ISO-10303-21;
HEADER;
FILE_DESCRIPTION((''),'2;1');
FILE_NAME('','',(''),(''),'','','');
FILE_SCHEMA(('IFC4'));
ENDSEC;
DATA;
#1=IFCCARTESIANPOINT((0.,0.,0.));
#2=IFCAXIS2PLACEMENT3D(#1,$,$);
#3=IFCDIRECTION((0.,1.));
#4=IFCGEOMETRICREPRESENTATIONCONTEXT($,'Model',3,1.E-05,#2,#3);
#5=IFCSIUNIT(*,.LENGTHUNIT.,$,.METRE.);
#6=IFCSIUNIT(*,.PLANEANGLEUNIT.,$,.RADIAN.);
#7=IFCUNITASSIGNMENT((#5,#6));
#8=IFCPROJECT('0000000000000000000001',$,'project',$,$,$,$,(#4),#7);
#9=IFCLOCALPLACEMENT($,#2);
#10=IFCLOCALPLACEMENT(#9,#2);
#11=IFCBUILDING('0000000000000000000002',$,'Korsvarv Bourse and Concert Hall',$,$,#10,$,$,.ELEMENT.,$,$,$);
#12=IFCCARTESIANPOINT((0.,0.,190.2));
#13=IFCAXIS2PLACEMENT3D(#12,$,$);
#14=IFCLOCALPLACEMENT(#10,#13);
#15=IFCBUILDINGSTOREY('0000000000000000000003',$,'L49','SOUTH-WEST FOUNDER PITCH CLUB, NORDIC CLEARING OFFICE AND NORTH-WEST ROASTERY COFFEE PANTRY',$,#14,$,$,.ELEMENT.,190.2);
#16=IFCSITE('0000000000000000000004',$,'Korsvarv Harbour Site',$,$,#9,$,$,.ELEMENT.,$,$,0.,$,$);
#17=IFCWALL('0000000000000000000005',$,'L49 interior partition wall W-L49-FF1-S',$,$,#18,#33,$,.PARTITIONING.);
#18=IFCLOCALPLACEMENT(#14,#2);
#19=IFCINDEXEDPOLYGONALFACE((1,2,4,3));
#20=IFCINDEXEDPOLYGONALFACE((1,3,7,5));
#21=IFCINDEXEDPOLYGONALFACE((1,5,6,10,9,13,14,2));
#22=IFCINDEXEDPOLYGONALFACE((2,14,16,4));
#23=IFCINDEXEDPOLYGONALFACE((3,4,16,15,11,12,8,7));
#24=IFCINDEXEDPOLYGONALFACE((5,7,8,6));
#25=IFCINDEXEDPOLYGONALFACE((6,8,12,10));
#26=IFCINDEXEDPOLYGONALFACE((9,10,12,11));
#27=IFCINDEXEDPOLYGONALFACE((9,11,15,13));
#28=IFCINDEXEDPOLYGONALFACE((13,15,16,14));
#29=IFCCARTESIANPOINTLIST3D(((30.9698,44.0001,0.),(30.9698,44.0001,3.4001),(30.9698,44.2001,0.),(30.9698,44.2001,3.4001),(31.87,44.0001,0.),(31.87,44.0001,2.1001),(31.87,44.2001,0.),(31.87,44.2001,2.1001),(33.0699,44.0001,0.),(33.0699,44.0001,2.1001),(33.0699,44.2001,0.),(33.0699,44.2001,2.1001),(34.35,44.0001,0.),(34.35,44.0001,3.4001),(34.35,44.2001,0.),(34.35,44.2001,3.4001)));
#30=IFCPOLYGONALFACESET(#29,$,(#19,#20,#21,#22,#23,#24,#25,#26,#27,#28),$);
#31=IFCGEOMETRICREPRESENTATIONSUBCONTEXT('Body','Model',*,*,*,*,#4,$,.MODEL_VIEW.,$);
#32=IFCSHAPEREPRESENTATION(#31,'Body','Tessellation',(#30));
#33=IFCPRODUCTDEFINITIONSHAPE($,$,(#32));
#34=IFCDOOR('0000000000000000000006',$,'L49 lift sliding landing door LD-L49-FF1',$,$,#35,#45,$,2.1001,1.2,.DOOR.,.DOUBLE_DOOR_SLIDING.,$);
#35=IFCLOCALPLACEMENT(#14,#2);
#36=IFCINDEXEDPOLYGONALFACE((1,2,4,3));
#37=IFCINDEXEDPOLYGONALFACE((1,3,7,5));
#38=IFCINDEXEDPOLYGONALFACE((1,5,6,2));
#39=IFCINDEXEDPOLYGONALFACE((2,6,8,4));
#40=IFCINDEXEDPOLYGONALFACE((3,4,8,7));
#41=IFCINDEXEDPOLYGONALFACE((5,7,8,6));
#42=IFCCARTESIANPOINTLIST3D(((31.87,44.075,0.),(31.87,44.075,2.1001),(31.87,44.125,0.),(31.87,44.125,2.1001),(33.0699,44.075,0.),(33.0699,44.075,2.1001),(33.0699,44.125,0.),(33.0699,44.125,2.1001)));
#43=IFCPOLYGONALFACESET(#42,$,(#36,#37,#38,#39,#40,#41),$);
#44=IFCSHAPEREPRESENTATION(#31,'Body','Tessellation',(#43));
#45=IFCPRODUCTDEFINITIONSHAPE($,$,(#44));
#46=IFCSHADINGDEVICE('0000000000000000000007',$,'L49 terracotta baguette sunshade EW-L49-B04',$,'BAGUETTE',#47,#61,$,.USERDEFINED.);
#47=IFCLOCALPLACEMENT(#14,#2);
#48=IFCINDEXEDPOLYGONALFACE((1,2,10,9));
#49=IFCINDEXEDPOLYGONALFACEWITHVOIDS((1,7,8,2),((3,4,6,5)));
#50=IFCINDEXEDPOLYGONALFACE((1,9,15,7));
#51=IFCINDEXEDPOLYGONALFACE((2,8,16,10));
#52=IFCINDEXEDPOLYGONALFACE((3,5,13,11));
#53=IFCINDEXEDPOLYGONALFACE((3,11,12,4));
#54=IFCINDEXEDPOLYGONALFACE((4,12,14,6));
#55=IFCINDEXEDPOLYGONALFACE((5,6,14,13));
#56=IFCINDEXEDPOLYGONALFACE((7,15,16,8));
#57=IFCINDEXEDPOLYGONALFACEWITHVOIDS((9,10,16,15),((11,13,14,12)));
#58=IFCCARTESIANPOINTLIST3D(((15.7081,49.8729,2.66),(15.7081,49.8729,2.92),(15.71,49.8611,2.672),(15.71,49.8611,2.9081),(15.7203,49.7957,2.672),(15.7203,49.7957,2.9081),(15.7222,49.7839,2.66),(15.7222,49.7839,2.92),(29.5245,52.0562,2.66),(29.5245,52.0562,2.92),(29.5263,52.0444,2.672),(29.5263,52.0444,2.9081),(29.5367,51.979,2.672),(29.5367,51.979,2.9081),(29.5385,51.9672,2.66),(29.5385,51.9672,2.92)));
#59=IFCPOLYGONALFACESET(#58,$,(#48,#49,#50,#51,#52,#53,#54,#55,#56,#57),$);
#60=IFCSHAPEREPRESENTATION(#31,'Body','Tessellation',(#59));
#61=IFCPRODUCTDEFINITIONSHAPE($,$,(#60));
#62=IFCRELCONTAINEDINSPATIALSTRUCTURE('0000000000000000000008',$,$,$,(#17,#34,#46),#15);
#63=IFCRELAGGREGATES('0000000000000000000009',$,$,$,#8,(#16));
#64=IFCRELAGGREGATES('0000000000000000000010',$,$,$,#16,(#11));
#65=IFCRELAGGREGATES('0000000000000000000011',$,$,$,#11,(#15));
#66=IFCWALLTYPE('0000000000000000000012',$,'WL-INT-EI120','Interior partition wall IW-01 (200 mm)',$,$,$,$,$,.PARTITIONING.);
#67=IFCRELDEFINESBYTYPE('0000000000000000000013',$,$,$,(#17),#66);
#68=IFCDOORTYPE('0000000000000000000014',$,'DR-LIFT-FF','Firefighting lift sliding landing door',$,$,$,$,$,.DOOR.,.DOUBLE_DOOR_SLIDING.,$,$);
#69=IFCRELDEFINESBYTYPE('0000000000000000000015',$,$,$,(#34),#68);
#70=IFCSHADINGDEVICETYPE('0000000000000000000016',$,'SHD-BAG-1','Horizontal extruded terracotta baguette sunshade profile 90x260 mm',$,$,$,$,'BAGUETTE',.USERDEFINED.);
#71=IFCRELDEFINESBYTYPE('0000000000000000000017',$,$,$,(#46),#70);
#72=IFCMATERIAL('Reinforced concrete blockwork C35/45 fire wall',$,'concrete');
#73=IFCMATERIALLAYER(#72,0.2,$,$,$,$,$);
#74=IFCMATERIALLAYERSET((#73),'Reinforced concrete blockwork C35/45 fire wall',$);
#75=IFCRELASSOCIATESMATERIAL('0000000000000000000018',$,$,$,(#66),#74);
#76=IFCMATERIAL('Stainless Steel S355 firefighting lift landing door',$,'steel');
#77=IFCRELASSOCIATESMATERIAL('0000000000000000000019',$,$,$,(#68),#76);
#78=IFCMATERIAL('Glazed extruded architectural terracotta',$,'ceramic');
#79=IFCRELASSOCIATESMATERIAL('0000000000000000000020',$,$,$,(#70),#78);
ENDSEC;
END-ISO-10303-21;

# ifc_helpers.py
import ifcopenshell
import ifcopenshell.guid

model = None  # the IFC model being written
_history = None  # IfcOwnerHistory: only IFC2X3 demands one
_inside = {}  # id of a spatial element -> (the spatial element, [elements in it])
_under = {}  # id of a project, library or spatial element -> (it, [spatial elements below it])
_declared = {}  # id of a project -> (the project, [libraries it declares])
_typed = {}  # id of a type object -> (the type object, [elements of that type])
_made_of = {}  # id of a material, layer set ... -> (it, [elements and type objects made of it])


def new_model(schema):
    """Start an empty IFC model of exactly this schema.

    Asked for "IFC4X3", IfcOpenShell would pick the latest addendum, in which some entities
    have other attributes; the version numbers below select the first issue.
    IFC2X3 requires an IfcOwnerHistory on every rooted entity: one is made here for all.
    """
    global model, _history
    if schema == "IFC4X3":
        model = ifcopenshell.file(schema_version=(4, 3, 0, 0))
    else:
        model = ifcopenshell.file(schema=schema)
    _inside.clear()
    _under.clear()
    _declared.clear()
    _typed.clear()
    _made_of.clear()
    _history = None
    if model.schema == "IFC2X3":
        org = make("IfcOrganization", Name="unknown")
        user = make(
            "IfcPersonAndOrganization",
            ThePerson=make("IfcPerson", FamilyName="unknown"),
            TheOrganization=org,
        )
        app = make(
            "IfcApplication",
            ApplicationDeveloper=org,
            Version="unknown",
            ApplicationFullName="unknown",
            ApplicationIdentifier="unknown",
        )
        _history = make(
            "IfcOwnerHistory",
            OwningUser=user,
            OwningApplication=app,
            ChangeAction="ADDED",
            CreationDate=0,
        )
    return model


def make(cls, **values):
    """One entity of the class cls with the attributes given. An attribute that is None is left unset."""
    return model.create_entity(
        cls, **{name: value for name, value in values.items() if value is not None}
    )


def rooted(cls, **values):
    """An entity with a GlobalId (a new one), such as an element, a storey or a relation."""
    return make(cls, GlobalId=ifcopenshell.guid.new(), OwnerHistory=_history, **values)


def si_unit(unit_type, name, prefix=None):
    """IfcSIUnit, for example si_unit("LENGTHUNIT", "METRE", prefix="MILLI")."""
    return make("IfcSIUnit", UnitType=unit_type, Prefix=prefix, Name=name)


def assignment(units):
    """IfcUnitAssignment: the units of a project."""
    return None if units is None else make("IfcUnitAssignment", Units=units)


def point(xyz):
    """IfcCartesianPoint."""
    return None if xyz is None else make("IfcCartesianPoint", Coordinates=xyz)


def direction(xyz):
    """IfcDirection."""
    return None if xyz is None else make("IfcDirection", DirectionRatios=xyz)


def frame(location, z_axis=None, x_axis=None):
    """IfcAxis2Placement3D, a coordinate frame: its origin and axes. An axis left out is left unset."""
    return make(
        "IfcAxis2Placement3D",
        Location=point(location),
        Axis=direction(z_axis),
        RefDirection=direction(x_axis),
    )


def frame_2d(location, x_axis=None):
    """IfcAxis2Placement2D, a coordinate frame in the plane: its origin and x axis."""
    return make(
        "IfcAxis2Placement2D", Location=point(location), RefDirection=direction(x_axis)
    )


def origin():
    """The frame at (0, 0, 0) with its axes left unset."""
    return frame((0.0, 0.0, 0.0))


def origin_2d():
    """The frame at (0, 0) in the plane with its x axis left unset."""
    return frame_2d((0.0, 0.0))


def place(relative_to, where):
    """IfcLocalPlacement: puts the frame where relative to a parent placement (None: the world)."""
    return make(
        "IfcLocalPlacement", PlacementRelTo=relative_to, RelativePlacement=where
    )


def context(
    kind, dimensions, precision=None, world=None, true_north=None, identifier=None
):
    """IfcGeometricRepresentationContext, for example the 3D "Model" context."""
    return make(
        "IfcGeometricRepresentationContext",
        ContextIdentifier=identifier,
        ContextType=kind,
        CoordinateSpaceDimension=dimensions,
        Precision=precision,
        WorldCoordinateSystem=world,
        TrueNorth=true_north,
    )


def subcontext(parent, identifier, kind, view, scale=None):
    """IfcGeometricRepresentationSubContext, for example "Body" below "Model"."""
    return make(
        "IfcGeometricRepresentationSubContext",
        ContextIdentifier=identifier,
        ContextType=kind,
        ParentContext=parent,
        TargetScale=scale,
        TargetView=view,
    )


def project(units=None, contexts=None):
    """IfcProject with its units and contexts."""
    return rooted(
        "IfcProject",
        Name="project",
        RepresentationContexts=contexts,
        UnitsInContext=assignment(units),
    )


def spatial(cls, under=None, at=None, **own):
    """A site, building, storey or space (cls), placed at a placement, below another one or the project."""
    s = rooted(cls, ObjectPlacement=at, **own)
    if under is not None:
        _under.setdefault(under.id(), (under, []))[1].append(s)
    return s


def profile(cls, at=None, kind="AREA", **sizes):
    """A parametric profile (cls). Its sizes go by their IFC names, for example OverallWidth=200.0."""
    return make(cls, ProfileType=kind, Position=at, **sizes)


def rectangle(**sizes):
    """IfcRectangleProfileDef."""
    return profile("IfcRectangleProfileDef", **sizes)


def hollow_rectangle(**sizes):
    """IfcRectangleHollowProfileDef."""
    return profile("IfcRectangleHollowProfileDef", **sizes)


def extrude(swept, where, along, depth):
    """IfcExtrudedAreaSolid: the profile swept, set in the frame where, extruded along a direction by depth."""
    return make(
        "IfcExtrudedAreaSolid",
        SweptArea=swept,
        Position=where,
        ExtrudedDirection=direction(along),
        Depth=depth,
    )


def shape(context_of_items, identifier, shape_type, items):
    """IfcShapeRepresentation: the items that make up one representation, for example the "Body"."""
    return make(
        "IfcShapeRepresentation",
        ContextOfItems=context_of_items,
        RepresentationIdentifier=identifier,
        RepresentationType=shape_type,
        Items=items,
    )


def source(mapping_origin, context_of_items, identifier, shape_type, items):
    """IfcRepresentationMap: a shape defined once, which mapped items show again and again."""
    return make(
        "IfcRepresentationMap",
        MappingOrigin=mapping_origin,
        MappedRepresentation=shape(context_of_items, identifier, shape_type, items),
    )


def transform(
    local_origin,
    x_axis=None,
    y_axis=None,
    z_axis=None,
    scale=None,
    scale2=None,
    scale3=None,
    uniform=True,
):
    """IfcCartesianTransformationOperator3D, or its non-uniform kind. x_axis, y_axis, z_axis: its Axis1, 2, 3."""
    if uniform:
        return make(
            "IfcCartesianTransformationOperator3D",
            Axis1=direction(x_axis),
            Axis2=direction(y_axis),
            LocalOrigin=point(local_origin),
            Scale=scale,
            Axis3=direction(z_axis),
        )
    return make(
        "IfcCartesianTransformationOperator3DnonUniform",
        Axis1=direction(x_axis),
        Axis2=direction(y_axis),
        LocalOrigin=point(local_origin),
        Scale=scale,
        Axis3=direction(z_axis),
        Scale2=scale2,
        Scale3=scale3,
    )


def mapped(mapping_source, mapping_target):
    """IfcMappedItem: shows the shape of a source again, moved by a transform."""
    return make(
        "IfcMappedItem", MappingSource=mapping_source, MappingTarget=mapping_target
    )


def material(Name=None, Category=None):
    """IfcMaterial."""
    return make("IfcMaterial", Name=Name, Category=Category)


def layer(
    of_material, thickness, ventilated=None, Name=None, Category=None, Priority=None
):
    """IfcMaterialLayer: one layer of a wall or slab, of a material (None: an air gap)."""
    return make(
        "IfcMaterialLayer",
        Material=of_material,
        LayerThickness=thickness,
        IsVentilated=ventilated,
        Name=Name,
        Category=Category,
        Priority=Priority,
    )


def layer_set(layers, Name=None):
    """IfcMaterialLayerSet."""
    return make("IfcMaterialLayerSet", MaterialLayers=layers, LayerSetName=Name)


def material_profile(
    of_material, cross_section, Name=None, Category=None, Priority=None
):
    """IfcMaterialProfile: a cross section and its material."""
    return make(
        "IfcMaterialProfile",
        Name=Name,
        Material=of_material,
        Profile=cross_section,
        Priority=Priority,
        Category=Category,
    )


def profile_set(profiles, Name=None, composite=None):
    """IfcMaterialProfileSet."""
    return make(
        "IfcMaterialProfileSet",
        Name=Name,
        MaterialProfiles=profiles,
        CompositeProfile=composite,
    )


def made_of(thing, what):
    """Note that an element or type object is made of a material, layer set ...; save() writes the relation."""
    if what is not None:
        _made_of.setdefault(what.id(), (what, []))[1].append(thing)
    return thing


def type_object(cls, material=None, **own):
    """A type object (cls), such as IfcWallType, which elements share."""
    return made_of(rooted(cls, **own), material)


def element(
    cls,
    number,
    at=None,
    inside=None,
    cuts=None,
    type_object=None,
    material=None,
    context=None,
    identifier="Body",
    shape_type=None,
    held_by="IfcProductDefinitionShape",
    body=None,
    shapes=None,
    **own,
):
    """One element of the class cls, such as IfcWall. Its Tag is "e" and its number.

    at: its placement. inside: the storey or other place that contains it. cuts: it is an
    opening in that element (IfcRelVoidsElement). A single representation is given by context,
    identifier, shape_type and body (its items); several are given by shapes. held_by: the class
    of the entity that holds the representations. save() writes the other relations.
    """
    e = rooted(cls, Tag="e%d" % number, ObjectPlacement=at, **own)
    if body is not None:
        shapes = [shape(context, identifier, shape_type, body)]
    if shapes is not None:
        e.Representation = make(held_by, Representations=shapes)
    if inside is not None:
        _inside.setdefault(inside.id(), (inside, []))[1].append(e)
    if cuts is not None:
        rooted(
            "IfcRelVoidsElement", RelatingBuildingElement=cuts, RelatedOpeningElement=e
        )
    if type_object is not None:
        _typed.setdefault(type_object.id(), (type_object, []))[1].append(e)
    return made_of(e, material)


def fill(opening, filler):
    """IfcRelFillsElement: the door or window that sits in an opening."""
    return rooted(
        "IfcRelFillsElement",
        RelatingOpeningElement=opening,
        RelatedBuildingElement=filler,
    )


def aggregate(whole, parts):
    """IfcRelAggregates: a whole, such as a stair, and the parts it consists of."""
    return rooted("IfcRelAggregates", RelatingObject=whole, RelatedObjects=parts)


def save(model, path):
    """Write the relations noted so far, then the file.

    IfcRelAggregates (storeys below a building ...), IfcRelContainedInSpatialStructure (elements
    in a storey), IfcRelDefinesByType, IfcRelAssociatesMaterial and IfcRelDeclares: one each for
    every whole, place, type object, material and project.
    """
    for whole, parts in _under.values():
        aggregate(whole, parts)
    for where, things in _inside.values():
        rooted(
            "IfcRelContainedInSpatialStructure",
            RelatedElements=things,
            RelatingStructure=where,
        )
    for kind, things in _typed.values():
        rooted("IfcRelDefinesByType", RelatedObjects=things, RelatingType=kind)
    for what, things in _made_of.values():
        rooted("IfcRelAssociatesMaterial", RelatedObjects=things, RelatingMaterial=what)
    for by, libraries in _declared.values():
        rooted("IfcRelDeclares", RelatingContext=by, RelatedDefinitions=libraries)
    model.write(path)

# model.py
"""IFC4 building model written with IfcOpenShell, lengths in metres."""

from ifc_helpers import new_model, si_unit, direction, frame, frame_2d, origin, origin_2d, place, context, subcontext, project, spatial, rectangle, hollow_rectangle, extrude, source, transform, mapped, material, layer, layer_set, material_profile, profile_set, type_object, element, fill, save


model = new_model("IFC4")

# Units and contexts
model_context = context("Model", 3, precision=1e-05, world=origin(), true_north=direction((0.0, 1.0)))
body_context = subcontext(model_context, "Body", "Model", "MODEL_VIEW")
ifc_project = project(units=[si_unit("LENGTHUNIT", "METRE"), si_unit("PLANEANGLEUNIT", "RADIAN")], contexts=[model_context])

# Site, building, storey
site_placement = place(None, origin())
site = spatial("IfcSite", under=ifc_project, at=site_placement, Name="Korsvarv Harbour Site", CompositionType="ELEMENT", RefElevation=0.0)
building_placement = place(site_placement, origin())
building = spatial("IfcBuilding", under=site, at=building_placement, Name="Korsvarv Bourse and Concert Hall", CompositionType="ELEMENT")
storey_placement = place(building_placement, frame((0.0, 0.0, 190.2)))
storey = spatial("IfcBuildingStorey", under=building, at=storey_placement, Name="L49", Description="SOUTH-WEST FOUNDER PITCH CLUB, NORDIC CLEARING OFFICE AND NORTH-WEST ROASTERY COFFEE PANTRY", CompositionType="ELEMENT", Elevation=190.2)

# Wall, opening, door
ifc_material_1 = material(Name="Reinforced concrete blockwork C35/45 fire wall", Category="concrete")
ifc_layer_1 = layer(ifc_material_1, 0.2)
ifc_layer_set_1 = layer_set([ifc_layer_1], Name="Reinforced concrete blockwork C35/45 fire wall")
wall_type_1 = type_object("IfcWallType", Name="WL-INT-EI120", Description="Interior partition wall IW-01 (200 mm)", PredefinedType="PARTITIONING", material=ifc_layer_set_1)
wall_1_placement = place(storey_placement, frame((30.97, 44.1001, 0.0), z_axis=(0.0, 0.0, 1.0), x_axis=(1.0, 0.0, 0.0)))
wall_1 = element("IfcWall", 1, at=wall_1_placement, inside=storey, type_object=wall_type_1, Name="L49 interior partition wall W-L49-FF1-S", PredefinedType="PARTITIONING", context=body_context, shape_type="SweptSolid", body=[
    extrude(rectangle(XDim=3.3801, YDim=0.2, at=frame_2d((1.6899, 0.0))), origin(), (0.0, 0.0, 1.0), 3.4001),
])
opening_placement = place(wall_1_placement, frame((0.8999, 0.0, 0.0)))
opening = element("IfcOpeningElement", 2, at=opening_placement, cuts=wall_1, PredefinedType="OPENING", context=body_context, shape_type="SweptSolid", body=[
    extrude(rectangle(XDim=1.2, YDim=2.1001, at=frame_2d((0.6001, 1.05))), frame((0.0, 0.1099, 0.0), z_axis=(0.0, -1.0, 0.0), x_axis=(1.0, 0.0, 0.0)), (0.0, 0.0, 1.0), 0.22),
])
ifc_material_2 = material(Name="Stainless Steel S355 firefighting lift landing door", Category="steel")
door_type = type_object("IfcDoorType", Name="DR-LIFT-FF", Description="Firefighting lift sliding landing door", OperationType="DOUBLE_DOOR_SLIDING", PredefinedType="DOOR", material=ifc_material_2)
door_placement = place(opening_placement, origin())
door = element("IfcDoor", 3, at=door_placement, inside=storey, type_object=door_type, Name="L49 lift sliding landing door LD-L49-FF1", OperationType="DOUBLE_DOOR_SLIDING", OverallHeight=2.1001, OverallWidth=1.2, PredefinedType="DOOR", context=body_context, shape_type="SweptSolid", body=[
    extrude(rectangle(XDim=1.2, YDim=2.1001, at=frame_2d((0.6001, 1.05))), frame((0.0, 0.0249, 0.0), z_axis=(0.0, -1.0, 0.0), x_axis=(1.0, 0.0, 0.0)), (0.0, 0.0, 1.0), 0.05),
])
fill(opening, door)

# Shading device
ifc_material_3 = material(Name="Glazed extruded architectural terracotta", Category="ceramic")
ifc_material_profile_1 = material_profile(ifc_material_3, hollow_rectangle(XDim=0.0901, YDim=0.26, WallThickness=0.012, at=origin_2d()), Name="TC-BAG 90x260")
ifc_profile_set_1 = profile_set([ifc_material_profile_1], Name="Glazed extruded architectural terracotta")
shading_device_type = type_object("IfcShadingDeviceType", Name="SHD-BAG-1", Description="Horizontal extruded terracotta baguette sunshade profile 90x260 mm", ElementType="BAGUETTE", PredefinedType="USERDEFINED", material=ifc_profile_set_1)
shared_shape_1 = source(origin(), body_context, "Body", "SweptSolid", [
    extrude(hollow_rectangle(XDim=0.0901, YDim=0.26, WallThickness=0.012, at=origin_2d()), origin(), (0.0, 0.0, 1.0), 13.9878),
])
shading_device_placement = place(storey_placement, frame((29.5315, 52.0117, 2.79), z_axis=(-0.987743, -0.156089, 0.0), x_axis=(0.156089, -0.987743, 0.0)))
element("IfcShadingDevice", 4, at=shading_device_placement, inside=storey, type_object=shading_device_type, Name="L49 terracotta baguette sunshade EW-L49-B04", ObjectType="BAGUETTE", PredefinedType="USERDEFINED", context=body_context, shape_type="MappedRepresentation", body=[
    mapped(shared_shape_1, transform((0.0, 0.0, 0.0), scale=1.0)),
])

save(model, "model.ifc")
